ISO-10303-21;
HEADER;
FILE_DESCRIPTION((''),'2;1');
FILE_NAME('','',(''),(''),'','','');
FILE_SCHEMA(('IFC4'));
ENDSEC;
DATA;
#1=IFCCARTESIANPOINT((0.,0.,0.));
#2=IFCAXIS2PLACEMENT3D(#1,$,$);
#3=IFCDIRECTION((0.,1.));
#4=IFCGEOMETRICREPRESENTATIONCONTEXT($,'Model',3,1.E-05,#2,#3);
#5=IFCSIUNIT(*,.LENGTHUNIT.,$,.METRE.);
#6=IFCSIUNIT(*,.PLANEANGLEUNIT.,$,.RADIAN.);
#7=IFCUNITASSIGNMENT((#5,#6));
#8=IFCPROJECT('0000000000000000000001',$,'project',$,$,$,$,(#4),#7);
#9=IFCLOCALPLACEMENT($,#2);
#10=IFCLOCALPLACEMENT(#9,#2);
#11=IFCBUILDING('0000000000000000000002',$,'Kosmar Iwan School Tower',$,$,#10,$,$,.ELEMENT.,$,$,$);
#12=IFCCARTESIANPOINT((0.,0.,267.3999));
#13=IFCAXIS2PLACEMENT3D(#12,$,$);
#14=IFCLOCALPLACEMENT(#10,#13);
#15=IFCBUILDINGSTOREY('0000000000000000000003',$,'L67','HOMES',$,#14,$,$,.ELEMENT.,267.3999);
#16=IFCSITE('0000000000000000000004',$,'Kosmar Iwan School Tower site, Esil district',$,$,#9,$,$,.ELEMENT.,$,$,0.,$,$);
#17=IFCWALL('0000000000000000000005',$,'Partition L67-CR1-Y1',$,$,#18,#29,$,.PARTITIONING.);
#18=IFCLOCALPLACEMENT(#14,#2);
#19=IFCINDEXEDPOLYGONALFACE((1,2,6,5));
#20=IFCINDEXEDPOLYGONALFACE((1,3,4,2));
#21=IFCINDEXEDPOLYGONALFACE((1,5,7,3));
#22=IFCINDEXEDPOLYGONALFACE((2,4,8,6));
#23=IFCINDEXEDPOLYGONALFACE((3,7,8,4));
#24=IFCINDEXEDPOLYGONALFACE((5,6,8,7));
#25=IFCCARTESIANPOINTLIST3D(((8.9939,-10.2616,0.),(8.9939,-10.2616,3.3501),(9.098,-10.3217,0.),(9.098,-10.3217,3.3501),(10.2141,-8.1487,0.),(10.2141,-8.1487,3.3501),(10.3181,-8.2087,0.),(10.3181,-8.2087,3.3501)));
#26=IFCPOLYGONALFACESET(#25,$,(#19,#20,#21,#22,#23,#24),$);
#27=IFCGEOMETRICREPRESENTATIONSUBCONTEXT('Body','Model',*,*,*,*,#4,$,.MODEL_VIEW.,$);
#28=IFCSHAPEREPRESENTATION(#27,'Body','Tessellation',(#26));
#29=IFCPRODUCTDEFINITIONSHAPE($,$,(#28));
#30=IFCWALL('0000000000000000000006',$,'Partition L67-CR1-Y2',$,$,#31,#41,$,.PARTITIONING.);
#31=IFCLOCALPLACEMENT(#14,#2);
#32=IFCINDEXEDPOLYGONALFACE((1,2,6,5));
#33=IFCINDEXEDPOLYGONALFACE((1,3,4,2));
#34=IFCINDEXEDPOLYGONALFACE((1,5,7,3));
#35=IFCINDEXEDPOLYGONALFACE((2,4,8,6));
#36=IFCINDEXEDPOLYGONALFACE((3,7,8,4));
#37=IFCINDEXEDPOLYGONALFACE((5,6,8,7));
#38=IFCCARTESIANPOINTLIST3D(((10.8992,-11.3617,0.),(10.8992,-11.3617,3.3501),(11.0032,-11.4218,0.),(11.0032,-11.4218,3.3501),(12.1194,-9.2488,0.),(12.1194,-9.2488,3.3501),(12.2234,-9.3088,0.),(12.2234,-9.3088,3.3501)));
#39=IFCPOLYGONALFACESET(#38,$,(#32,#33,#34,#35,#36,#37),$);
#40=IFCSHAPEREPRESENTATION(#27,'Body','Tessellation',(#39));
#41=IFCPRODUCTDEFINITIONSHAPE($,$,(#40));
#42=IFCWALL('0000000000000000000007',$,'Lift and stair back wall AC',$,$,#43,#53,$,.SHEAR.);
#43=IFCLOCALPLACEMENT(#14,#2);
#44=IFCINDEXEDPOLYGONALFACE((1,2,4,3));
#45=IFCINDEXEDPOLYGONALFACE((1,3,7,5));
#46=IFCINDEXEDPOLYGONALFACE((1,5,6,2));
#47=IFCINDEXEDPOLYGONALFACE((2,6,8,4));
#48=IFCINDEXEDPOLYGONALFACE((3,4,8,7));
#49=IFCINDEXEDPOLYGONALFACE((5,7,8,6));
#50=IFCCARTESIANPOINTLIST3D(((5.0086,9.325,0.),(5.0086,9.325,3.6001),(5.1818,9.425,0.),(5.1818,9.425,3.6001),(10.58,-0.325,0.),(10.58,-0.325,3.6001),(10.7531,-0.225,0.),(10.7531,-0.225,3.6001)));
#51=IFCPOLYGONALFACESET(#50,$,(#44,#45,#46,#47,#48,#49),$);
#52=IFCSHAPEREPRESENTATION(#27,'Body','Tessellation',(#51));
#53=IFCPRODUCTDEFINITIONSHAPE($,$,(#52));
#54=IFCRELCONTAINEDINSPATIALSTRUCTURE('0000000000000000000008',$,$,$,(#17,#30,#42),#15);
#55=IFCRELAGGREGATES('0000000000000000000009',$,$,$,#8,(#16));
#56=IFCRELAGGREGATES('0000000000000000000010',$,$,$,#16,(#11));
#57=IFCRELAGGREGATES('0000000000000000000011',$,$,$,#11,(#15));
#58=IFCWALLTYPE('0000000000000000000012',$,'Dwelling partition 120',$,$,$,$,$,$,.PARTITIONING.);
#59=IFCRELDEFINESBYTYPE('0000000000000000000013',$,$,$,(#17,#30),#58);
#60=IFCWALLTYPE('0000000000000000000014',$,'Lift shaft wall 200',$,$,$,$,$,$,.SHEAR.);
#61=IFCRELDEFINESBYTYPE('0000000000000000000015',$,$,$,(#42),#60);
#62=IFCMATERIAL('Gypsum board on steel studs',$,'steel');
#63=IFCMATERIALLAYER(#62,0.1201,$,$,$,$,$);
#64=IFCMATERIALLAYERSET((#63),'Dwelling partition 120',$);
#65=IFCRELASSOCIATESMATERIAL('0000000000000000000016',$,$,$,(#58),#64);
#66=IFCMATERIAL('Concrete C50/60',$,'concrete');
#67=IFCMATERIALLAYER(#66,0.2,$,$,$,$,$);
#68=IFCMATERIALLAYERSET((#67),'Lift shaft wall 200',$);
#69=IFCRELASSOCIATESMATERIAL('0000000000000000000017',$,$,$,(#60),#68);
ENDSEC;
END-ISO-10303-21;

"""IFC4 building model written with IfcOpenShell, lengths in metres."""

from ifc_helpers import new_model, si_unit, direction, frame, frame_2d, origin, place, context, subcontext, project, spatial, rectangle, extrude, material, layer, layer_set, type_object, element, save


model = new_model("IFC4")

# Units and contexts
model_context = context("Model", 3, precision=1e-05, world=origin(), true_north=direction((0.0, 1.0)))
body_context = subcontext(model_context, "Body", "Model", "MODEL_VIEW")
ifc_project = project(units=[si_unit("LENGTHUNIT", "METRE"), si_unit("PLANEANGLEUNIT", "RADIAN")], contexts=[model_context])

# Site, building, storey
site_placement = place(None, origin())
site = spatial("IfcSite", under=ifc_project, at=site_placement, Name="Kosmar Iwan School Tower site, Esil district", CompositionType="ELEMENT", RefElevation=0.0)
building_placement = place(site_placement, origin())
building = spatial("IfcBuilding", under=site, at=building_placement, Name="Kosmar Iwan School Tower", CompositionType="ELEMENT")
storey_placement = place(building_placement, frame((0.0, 0.0, 267.3999)))
storey = spatial("IfcBuildingStorey", under=building, at=storey_placement, Name="L67", Description="HOMES", CompositionType="ELEMENT", Elevation=267.3999)

# Shared definitions
ifc_material_1 = material(Name="Gypsum board on steel studs", Category="steel")
ifc_layer_1 = layer(ifc_material_1, 0.1201)
ifc_layer_set_1 = layer_set([ifc_layer_1], Name="Dwelling partition 120")
wall_type_1 = type_object("IfcWallType", Name="Dwelling partition 120", PredefinedType="PARTITIONING", material=ifc_layer_set_1)

# Walls
for number, where, z_axis, x_axis, name in (
    (1, (10.2661, -8.1787, 0.0), (0.0, 0.0, 1.0), (-0.500078, -0.865981, 0.0), "Partition L67-CR1-Y1"),
    (2, (12.1714, -9.2788, 0.0), (0.0, 0.0, 1.0), (-0.500078, -0.865981, 0.0), "Partition L67-CR1-Y2"),
):
    element("IfcWall", number, at=place(storey_placement, frame(where, z_axis=z_axis, x_axis=x_axis)), inside=storey, type_object=wall_type_1, Name=name, PredefinedType="PARTITIONING", context=body_context, shape_type="SweptSolid", body=[
        extrude(rectangle(XDim=2.4399, YDim=0.1201, at=frame_2d((1.22, 0.0))), origin(), (0.0, 0.0, 1.0), 3.3501),
    ])
ifc_material_2 = material(Name="Concrete C50/60", Category="concrete")
ifc_layer_2 = layer(ifc_material_2, 0.2)
ifc_layer_set_2 = layer_set([ifc_layer_2], Name="Lift shaft wall 200")
wall_type_2 = type_object("IfcWallType", Name="Lift shaft wall 200", PredefinedType="SHEAR", material=ifc_layer_set_2)
wall_1_placement = place(storey_placement, frame((10.6665, -0.2749, 0.0), z_axis=(0.0, 0.0, 1.0), x_axis=(-0.499994, 0.866029, 0.0)))
element("IfcWall", 3, at=wall_1_placement, inside=storey, type_object=wall_type_2, Name="Lift and stair back wall AC", PredefinedType="SHEAR", context=body_context, shape_type="SweptSolid", body=[
    extrude(rectangle(XDim=11.1428, YDim=0.2, at=frame_2d((5.5713, 0.0))), origin(), (0.0, 0.0, 1.0), 3.6001),
])

save(model, "model.ifc")
